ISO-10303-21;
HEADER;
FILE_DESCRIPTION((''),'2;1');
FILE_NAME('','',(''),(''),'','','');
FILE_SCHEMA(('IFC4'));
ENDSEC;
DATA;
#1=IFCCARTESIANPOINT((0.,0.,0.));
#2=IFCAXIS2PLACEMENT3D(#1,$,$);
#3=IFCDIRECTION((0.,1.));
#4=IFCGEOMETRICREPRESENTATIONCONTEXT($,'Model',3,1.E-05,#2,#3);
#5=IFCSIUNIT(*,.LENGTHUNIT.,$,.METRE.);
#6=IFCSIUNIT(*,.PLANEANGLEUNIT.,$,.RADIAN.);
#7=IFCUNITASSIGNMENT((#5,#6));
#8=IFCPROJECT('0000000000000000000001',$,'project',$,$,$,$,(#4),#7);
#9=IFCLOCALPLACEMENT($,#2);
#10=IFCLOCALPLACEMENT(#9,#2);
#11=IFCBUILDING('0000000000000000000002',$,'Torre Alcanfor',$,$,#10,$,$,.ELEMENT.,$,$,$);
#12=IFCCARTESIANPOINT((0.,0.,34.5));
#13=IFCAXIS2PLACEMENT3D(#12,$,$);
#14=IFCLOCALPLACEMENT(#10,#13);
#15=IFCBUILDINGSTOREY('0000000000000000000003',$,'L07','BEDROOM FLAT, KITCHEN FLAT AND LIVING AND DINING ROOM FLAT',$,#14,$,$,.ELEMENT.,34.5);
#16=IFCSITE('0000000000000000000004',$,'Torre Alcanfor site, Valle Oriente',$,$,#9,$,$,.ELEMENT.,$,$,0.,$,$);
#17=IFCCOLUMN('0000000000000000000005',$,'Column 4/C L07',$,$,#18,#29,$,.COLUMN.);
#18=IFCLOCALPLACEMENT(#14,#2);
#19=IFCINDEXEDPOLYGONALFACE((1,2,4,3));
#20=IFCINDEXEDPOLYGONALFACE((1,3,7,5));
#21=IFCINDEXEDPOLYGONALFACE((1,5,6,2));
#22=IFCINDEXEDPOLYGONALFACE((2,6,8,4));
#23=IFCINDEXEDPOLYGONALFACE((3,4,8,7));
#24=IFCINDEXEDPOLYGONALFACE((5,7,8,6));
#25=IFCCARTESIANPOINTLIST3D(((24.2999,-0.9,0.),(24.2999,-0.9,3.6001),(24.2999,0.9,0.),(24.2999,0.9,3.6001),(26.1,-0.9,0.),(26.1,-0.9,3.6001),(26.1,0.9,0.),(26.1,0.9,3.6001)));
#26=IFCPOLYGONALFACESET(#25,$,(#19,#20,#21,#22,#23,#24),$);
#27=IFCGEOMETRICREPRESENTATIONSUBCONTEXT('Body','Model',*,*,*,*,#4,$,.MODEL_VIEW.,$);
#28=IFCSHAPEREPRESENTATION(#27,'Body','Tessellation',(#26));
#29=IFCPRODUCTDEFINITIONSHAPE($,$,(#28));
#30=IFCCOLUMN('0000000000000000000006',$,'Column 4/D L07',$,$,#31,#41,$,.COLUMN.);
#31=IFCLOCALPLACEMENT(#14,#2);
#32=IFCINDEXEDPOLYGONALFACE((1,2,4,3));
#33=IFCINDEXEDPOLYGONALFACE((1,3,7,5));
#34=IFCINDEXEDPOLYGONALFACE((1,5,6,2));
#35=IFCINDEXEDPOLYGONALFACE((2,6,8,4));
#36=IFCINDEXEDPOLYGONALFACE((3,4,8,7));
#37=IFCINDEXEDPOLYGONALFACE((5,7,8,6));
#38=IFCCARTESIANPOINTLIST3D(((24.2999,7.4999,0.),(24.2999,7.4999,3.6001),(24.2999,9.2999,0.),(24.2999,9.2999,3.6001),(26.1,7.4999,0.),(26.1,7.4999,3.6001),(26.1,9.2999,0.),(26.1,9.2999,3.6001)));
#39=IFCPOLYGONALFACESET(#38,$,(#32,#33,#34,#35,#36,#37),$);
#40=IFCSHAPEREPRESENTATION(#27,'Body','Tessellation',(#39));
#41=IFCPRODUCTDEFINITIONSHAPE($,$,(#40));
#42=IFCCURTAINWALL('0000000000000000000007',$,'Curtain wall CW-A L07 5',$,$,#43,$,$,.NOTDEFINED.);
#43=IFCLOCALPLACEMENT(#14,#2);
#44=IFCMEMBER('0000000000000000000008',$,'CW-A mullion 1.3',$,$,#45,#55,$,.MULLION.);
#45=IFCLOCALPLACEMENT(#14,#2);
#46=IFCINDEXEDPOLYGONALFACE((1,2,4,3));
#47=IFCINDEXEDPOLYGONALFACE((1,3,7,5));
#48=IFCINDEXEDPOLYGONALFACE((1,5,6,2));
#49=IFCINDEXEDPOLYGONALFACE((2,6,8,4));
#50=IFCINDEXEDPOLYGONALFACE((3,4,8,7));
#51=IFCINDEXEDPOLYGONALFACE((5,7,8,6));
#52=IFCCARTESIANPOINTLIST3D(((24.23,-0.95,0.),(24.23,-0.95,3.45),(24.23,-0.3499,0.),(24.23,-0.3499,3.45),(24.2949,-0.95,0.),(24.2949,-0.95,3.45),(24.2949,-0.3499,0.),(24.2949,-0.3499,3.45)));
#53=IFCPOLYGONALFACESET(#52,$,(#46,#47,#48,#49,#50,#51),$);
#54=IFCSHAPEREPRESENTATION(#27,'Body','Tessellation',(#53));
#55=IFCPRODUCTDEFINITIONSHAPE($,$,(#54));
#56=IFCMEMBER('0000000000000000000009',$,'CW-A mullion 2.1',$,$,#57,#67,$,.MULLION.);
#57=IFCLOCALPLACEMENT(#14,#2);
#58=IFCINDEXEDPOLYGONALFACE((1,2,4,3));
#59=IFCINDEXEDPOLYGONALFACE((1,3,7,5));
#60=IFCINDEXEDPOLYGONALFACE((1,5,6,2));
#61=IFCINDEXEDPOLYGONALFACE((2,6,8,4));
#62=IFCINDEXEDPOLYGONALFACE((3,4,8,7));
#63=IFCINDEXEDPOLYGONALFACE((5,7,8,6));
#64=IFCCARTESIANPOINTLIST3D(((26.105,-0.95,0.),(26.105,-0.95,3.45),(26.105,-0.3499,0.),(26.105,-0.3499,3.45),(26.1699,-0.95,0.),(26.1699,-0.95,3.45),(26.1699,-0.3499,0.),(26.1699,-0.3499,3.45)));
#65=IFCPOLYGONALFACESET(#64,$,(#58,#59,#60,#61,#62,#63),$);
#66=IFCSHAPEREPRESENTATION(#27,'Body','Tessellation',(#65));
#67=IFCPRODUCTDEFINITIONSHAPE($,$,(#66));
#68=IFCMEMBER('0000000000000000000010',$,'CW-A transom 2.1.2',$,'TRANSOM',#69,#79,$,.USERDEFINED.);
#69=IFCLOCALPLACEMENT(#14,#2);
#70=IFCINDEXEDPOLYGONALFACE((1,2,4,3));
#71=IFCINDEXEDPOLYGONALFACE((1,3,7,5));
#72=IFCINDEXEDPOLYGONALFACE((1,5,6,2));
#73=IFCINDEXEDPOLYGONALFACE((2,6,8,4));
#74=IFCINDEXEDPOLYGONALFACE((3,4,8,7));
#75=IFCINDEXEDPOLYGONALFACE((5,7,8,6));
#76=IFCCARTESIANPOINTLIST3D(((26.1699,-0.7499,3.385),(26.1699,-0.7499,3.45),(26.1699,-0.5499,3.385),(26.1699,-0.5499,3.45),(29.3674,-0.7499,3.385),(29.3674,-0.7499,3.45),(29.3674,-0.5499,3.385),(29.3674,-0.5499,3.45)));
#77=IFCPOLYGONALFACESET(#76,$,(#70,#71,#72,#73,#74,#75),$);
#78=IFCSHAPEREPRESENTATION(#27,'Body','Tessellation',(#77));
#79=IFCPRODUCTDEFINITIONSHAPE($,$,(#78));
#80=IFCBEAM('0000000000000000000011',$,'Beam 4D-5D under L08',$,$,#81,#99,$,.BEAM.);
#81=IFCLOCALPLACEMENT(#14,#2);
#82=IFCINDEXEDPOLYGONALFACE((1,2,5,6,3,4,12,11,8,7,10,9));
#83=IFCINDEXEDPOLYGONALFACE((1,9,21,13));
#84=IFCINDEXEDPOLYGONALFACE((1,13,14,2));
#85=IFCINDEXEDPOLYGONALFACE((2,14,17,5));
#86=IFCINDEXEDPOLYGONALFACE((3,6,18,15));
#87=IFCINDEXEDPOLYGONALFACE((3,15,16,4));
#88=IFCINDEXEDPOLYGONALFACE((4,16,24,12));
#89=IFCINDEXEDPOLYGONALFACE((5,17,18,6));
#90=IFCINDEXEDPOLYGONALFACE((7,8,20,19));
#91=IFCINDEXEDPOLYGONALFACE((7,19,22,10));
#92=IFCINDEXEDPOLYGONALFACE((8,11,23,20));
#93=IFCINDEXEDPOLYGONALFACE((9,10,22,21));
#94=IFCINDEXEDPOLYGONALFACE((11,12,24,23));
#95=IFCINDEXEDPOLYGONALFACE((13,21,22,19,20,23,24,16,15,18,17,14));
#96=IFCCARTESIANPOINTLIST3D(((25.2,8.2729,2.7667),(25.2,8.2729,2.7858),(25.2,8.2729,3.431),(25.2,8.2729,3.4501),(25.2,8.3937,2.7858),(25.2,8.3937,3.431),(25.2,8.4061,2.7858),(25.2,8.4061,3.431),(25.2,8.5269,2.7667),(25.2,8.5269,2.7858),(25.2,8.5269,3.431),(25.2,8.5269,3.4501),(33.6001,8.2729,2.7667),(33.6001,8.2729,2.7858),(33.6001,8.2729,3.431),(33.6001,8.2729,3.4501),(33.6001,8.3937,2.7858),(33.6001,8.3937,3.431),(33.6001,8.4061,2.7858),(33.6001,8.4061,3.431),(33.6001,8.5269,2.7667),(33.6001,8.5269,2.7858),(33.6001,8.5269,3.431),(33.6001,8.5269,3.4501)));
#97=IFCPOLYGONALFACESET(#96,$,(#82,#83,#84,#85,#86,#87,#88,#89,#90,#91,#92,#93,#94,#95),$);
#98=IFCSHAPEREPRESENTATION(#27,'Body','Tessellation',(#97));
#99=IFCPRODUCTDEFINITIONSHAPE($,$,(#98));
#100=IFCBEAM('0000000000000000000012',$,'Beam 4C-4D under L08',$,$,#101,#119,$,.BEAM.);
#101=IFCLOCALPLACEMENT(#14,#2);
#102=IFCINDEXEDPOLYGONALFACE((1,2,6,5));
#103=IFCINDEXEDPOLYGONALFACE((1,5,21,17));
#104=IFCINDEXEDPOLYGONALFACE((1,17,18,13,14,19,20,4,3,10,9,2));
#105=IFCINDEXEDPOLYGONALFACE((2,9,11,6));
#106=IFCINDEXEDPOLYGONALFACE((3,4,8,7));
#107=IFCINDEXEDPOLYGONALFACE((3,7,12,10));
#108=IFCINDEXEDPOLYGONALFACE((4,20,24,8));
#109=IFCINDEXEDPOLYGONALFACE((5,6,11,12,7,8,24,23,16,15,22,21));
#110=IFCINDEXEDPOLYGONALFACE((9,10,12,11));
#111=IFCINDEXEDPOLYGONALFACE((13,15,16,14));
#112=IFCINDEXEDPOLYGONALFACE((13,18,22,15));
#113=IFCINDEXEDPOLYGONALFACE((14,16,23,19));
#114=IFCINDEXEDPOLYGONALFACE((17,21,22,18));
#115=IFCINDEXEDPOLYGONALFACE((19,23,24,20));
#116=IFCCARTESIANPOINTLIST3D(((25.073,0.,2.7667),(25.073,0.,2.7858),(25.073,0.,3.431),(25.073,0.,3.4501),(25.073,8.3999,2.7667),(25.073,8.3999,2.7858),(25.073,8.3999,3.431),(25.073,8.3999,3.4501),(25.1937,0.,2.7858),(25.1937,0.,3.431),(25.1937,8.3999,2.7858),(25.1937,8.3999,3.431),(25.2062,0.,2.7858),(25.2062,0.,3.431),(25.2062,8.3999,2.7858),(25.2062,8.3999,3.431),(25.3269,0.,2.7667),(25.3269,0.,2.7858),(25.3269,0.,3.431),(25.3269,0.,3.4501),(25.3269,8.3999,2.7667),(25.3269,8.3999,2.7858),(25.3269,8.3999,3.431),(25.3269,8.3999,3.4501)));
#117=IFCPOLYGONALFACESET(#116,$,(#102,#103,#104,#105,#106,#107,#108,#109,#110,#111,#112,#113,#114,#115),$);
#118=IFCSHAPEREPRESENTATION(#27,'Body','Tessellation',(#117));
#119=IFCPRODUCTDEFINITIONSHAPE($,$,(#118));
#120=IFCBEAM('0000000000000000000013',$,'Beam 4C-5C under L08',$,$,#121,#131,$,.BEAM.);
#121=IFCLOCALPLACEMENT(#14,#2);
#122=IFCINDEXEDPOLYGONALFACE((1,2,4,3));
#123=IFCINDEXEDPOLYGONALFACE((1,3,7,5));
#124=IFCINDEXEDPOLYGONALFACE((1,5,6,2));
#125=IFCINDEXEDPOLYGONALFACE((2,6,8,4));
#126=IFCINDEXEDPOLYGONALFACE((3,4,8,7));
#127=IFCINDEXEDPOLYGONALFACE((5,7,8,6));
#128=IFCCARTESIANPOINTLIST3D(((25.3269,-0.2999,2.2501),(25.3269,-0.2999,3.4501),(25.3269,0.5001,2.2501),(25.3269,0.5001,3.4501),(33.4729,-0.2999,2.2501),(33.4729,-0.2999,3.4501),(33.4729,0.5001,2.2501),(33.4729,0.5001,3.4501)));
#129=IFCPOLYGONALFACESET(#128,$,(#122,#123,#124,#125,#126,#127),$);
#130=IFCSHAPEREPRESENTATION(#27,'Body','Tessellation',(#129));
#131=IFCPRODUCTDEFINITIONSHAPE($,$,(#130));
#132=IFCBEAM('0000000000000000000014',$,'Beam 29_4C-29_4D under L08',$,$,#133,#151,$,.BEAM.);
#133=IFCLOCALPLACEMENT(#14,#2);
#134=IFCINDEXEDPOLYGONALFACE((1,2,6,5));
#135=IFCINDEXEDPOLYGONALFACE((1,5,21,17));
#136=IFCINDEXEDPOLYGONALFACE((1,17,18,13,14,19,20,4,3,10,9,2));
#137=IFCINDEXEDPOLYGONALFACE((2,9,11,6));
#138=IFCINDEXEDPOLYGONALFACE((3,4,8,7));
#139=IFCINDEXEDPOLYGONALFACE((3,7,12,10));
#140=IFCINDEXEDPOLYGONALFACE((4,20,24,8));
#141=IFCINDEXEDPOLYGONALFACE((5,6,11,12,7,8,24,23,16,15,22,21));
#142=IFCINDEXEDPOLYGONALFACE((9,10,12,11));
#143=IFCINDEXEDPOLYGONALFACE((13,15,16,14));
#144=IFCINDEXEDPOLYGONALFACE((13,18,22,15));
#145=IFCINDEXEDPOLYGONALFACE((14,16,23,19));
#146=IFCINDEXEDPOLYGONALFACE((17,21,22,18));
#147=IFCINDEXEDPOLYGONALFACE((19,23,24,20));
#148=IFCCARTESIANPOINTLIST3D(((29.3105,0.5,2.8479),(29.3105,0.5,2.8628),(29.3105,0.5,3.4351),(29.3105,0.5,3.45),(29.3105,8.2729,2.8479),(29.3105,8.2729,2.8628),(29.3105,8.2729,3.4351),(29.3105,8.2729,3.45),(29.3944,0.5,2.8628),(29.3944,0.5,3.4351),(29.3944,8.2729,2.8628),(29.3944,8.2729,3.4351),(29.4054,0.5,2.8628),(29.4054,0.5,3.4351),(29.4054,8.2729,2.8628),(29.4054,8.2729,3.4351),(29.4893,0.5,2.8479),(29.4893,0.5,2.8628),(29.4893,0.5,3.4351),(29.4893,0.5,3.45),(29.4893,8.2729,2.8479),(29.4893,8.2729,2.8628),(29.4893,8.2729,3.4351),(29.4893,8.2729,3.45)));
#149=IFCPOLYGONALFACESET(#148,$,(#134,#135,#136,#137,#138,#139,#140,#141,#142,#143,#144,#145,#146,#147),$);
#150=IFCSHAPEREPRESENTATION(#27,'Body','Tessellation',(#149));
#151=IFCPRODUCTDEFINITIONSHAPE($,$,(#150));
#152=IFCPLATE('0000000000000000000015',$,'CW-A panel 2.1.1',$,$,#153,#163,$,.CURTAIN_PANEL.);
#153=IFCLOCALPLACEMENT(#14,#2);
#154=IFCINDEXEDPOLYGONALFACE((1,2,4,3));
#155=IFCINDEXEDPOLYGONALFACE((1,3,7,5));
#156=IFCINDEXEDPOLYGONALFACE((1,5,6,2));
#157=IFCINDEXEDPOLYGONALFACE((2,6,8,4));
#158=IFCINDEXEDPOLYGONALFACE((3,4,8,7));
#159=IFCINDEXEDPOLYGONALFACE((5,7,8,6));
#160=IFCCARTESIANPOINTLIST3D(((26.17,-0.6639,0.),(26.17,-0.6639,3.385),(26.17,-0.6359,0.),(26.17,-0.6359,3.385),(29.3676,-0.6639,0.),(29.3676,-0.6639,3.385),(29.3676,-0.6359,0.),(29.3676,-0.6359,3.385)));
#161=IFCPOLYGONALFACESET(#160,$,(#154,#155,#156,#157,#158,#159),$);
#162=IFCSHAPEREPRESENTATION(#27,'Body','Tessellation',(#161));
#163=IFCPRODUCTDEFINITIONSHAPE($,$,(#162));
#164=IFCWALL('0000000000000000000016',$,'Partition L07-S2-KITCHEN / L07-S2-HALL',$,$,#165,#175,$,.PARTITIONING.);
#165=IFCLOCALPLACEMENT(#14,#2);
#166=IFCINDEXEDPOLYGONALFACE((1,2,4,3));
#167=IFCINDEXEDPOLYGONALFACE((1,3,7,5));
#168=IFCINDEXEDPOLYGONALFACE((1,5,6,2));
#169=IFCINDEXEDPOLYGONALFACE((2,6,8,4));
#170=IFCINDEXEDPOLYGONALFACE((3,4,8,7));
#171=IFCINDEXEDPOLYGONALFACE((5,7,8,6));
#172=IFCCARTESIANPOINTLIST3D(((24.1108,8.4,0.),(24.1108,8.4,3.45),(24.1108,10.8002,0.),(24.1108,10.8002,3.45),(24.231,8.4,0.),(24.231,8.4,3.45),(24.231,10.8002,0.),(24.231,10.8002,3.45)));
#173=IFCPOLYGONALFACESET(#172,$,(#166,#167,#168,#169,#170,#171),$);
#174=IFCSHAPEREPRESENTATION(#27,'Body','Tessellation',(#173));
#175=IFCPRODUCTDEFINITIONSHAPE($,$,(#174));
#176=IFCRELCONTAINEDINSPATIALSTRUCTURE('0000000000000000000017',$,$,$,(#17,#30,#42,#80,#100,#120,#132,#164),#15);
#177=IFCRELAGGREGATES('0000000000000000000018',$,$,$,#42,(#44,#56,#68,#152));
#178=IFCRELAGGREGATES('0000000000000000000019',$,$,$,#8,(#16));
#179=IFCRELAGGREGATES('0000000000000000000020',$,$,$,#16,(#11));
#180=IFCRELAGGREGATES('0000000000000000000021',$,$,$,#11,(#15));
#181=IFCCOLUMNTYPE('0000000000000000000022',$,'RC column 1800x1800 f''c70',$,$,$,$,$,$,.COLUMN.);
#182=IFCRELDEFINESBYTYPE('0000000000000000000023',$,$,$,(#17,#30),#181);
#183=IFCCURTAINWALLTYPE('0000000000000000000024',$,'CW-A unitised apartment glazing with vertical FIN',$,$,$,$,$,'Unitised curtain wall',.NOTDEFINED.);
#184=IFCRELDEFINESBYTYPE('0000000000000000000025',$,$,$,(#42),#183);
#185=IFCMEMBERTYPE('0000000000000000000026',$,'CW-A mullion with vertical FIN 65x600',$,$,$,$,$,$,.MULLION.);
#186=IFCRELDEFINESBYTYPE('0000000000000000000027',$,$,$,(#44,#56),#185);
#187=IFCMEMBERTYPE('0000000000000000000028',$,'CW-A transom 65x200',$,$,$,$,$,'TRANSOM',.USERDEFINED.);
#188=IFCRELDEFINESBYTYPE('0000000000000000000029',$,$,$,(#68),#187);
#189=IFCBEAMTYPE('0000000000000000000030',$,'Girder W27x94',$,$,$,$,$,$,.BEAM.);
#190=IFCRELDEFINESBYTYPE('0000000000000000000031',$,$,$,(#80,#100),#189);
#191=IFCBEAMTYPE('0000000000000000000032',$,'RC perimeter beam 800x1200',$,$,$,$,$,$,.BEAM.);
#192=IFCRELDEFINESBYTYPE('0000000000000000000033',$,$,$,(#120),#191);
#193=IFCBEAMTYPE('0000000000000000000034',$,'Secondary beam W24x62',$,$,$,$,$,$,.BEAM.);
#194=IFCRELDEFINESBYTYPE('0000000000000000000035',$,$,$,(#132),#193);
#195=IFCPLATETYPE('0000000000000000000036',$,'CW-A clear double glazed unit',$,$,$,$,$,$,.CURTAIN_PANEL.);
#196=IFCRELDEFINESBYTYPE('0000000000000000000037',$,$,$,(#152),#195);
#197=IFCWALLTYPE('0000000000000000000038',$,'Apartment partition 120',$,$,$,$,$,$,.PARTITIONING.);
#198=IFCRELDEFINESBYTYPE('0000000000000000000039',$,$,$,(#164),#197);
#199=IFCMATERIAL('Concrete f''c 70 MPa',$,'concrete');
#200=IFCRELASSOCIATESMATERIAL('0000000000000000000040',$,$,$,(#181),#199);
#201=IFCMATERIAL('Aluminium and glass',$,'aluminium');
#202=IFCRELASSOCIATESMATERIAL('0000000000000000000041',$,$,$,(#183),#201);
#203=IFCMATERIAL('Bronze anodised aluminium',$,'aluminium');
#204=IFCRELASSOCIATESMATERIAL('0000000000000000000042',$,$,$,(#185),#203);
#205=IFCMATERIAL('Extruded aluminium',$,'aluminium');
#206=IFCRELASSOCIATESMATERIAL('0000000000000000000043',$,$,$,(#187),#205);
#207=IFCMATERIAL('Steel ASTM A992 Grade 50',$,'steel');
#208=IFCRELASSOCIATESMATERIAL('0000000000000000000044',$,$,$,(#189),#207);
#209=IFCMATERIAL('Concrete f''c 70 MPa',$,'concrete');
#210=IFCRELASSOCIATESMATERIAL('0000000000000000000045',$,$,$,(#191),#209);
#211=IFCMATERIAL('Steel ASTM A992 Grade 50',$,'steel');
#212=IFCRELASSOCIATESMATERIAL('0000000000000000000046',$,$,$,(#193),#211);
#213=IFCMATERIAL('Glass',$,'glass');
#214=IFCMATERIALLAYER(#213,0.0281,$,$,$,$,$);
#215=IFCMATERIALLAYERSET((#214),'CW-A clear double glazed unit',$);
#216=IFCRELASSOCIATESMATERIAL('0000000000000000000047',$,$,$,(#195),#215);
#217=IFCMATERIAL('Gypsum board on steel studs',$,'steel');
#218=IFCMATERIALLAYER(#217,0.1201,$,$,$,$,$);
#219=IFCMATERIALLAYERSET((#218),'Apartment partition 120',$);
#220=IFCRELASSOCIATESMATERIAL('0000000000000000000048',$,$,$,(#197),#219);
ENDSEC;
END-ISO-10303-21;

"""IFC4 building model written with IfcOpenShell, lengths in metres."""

from ifc_helpers import new_model, si_unit, direction, frame, frame_2d, origin, origin_2d, place, context, subcontext, project, spatial, rectangle, i_section, extrude, material, layer, layer_set, material_profile, profile_set, type_object, element, aggregate, save


model = new_model("IFC4")

# Units and contexts
model_context = context("Model", 3, precision=1e-05, world=origin(), true_north=direction((0.0, 1.0)))
body_context = subcontext(model_context, "Body", "Model", "MODEL_VIEW")
ifc_project = project(units=[si_unit("LENGTHUNIT", "METRE"), si_unit("PLANEANGLEUNIT", "RADIAN")], contexts=[model_context])

# Site, building, storey
site_placement = place(None, origin())
site = spatial("IfcSite", under=ifc_project, at=site_placement, Name="Torre Alcanfor site, Valle Oriente", CompositionType="ELEMENT", RefElevation=0.0)
building_placement = place(site_placement, origin())
building = spatial("IfcBuilding", under=site, at=building_placement, Name="Torre Alcanfor", CompositionType="ELEMENT")
storey_placement = place(building_placement, frame((0.0, 0.0, 34.5)))
storey = spatial("IfcBuildingStorey", under=building, at=storey_placement, Name="L07", Description="BEDROOM FLAT, KITCHEN FLAT AND LIVING AND DINING ROOM FLAT", CompositionType="ELEMENT", Elevation=34.5)

# Columns
ifc_material_1 = material(Name="Concrete f'c 70 MPa", Category="concrete")
ifc_material_profile_1 = material_profile(ifc_material_1, rectangle(XDim=1.8, YDim=1.8, at=origin_2d()), Name="1800x1800")
ifc_profile_set_1 = profile_set([ifc_material_profile_1], Name="Concrete f'c 70 MPa")
column_type = type_object("IfcColumnType", Name="RC column 1800x1800 f'c70", PredefinedType="COLUMN", material=ifc_profile_set_1)
for number, where, z_axis, x_axis, name in (
    (1, (25.2, 0.0, 0.0), (0.0, 0.0, 1.0), (1.0, 0.0, 0.0), "Column 4/C L07"),
    (2, (25.2, 8.3999, 0.0), (0.0, 0.0, 1.0), (1.0, 0.0, 0.0), "Column 4/D L07"),
):
    element("IfcColumn", number, at=place(storey_placement, frame(where, z_axis=z_axis, x_axis=x_axis)), inside=storey, type_object=column_type, Name=name, PredefinedType="COLUMN", context=body_context, shape_type="SweptSolid", body=[
        extrude(rectangle(XDim=1.8, YDim=1.8, at=origin_2d()), origin(), (0.0, 0.0, 1.0), 3.6001),
    ])

# Curtain wall, members
ifc_material_2 = material(Name="Aluminium and glass", Category="aluminium")
curtain_wall_type = type_object("IfcCurtainWallType", Name="CW-A unitised apartment glazing with vertical FIN", ElementType="Unitised curtain wall", PredefinedType="NOTDEFINED", material=ifc_material_2)
curtain_wall_placement = place(storey_placement, origin())
curtain_wall = element("IfcCurtainWall", 3, at=curtain_wall_placement, inside=storey, type_object=curtain_wall_type, Name="Curtain wall CW-A L07 5", PredefinedType="NOTDEFINED")
ifc_material_3 = material(Name="Bronze anodised aluminium", Category="aluminium")
ifc_material_profile_2 = material_profile(ifc_material_3, rectangle(XDim=0.6001, YDim=0.0649, at=origin_2d()), Name="CW-A mullion 65x600")
ifc_profile_set_2 = profile_set([ifc_material_profile_2], Name="Bronze anodised aluminium")
member_type_1 = type_object("IfcMemberType", Name="CW-A mullion with vertical FIN 65x600", PredefinedType="MULLION", material=ifc_profile_set_2)
member_1_placement = place(storey_placement, frame((24.2625, -0.6499, 0.0), z_axis=(0.0, 0.0, 1.0), x_axis=(0.0, 1.0, 0.0)))
member_1 = element("IfcMember", 4, at=member_1_placement, type_object=member_type_1, Name="CW-A mullion 1.3", PredefinedType="MULLION", context=body_context, shape_type="SweptSolid", body=[
    extrude(rectangle(XDim=0.6001, YDim=0.0649, at=origin_2d()), origin(), (0.0, 0.0, 1.0), 3.45),
])
member_2_placement = place(storey_placement, frame((26.1375, -0.6499, 0.0), z_axis=(0.0, 0.0, 1.0), x_axis=(0.0, 1.0, 0.0)))
member_2 = element("IfcMember", 5, at=member_2_placement, type_object=member_type_1, Name="CW-A mullion 2.1", PredefinedType="MULLION", context=body_context, shape_type="SweptSolid", body=[
    extrude(rectangle(XDim=0.6001, YDim=0.0649, at=origin_2d()), origin(), (0.0, 0.0, 1.0), 3.45),
])
ifc_material_4 = material(Name="Extruded aluminium", Category="aluminium")
ifc_material_profile_3 = material_profile(ifc_material_4, rectangle(XDim=0.2, YDim=0.0649, at=origin_2d()), Name="CW-A transom 200x65")
ifc_profile_set_3 = profile_set([ifc_material_profile_3], Name="Extruded aluminium")
member_type_2 = type_object("IfcMemberType", Name="CW-A transom 65x200", ElementType="TRANSOM", PredefinedType="USERDEFINED", material=ifc_profile_set_3)
member_3_placement = place(storey_placement, frame((26.1699, -0.6499, 3.4175), z_axis=(1.0, 0.0, 0.0), x_axis=(0.0, 1.0, 0.0)))
member_3 = element("IfcMember", 6, at=member_3_placement, type_object=member_type_2, Name="CW-A transom 2.1.2", ObjectType="TRANSOM", PredefinedType="USERDEFINED", context=body_context, shape_type="SweptSolid", body=[
    extrude(rectangle(XDim=0.2, YDim=0.0649, at=origin_2d()), origin(), (0.0, 0.0, 1.0), 3.1975),
])

# Beams
ifc_material_5 = material(Name="Steel ASTM A992 Grade 50", Category="steel")
ifc_material_profile_4 = material_profile(ifc_material_5, i_section(OverallWidth=0.2539, OverallDepth=0.6833, WebThickness=0.0125, FlangeThickness=0.019, at=origin_2d()), Name="W27x94")
ifc_profile_set_4 = profile_set([ifc_material_profile_4], Name="Steel ASTM A992 Grade 50")
beam_type_1 = type_object("IfcBeamType", Name="Girder W27x94", PredefinedType="BEAM", material=ifc_profile_set_4)
beam_1_placement = place(storey_placement, frame((25.2, 8.3999, 3.1084), z_axis=(1.0, 0.0, 0.0), x_axis=(0.0, 1.0, 0.0)))
element("IfcBeam", 7, at=beam_1_placement, inside=storey, type_object=beam_type_1, Name="Beam 4D-5D under L08", PredefinedType="BEAM", context=body_context, shape_type="SweptSolid", body=[
    extrude(i_section(OverallWidth=0.2539, OverallDepth=0.6833, WebThickness=0.0125, FlangeThickness=0.019, at=origin_2d()), origin(), (0.0, 0.0, 1.0), 8.4001),
])
beam_2_placement = place(storey_placement, frame((25.2, 0.0, 3.1084), z_axis=(0.0, 1.0, 0.0), x_axis=(-1.0, 0.0, 0.0)))
element("IfcBeam", 8, at=beam_2_placement, inside=storey, type_object=beam_type_1, Name="Beam 4C-4D under L08", PredefinedType="BEAM", context=body_context, shape_type="SweptSolid", body=[
    extrude(i_section(OverallWidth=0.2539, OverallDepth=0.6833, WebThickness=0.0125, FlangeThickness=0.019, at=origin_2d()), origin(), (0.0, 0.0, 1.0), 8.3999),
])
ifc_material_6 = material(Name="Concrete f'c 70 MPa", Category="concrete")
ifc_material_profile_5 = material_profile(ifc_material_6, rectangle(XDim=0.8, YDim=1.2, at=origin_2d()), Name="800x1200")
ifc_profile_set_5 = profile_set([ifc_material_profile_5], Name="Concrete f'c 70 MPa")
beam_type_2 = type_object("IfcBeamType", Name="RC perimeter beam 800x1200", PredefinedType="BEAM", material=ifc_profile_set_5)
beam_3_placement = place(storey_placement, frame((25.3269, 0.1001, 2.8501), z_axis=(1.0, 0.0, 0.0), x_axis=(0.0, 1.0, 0.0)))
element("IfcBeam", 9, at=beam_3_placement, inside=storey, type_object=beam_type_2, Name="Beam 4C-5C under L08", PredefinedType="BEAM", context=body_context, shape_type="SweptSolid", body=[
    extrude(rectangle(XDim=0.8, YDim=1.2, at=origin_2d()), origin(), (0.0, 0.0, 1.0), 8.146),
])
ifc_material_7 = material(Name="Steel ASTM A992 Grade 50", Category="steel")
ifc_material_profile_6 = material_profile(ifc_material_7, i_section(OverallWidth=0.1787, OverallDepth=0.6021, WebThickness=0.011, FlangeThickness=0.0149, at=origin_2d()), Name="W24x62")
ifc_profile_set_6 = profile_set([ifc_material_profile_6], Name="Steel ASTM A992 Grade 50")
beam_type_3 = type_object("IfcBeamType", Name="Secondary beam W24x62", PredefinedType="BEAM", material=ifc_profile_set_6)
beam_4_placement = place(storey_placement, frame((29.3999, 0.5, 3.1489), z_axis=(0.0, 1.0, 0.0), x_axis=(-1.0, 0.0, 0.0)))
element("IfcBeam", 10, at=beam_4_placement, inside=storey, type_object=beam_type_3, Name="Beam 29_4C-29_4D under L08", PredefinedType="BEAM", context=body_context, shape_type="SweptSolid", body=[
    extrude(i_section(OverallWidth=0.1787, OverallDepth=0.6021, WebThickness=0.011, FlangeThickness=0.0149, at=origin_2d()), origin(), (0.0, 0.0, 1.0), 7.7729),
])

# Plate
ifc_material_8 = material(Name="Glass", Category="glass")
ifc_layer_1 = layer(ifc_material_8, 0.0281)
ifc_layer_set_1 = layer_set([ifc_layer_1], Name="CW-A clear double glazed unit")
plate_type = type_object("IfcPlateType", Name="CW-A clear double glazed unit", PredefinedType="CURTAIN_PANEL", material=ifc_layer_set_1)
plate_placement = place(storey_placement, frame((27.7688, -0.6499, 0.0), z_axis=(0.0, 0.0, 1.0), x_axis=(1.0, 0.0, 0.0)))
plate = element("IfcPlate", 11, at=plate_placement, type_object=plate_type, Name="CW-A panel 2.1.1", PredefinedType="CURTAIN_PANEL", context=body_context, shape_type="SweptSolid", body=[
    extrude(rectangle(XDim=3.1975, YDim=0.0281, at=origin_2d()), origin(), (0.0, 0.0, 1.0), 3.385),
])
aggregate(curtain_wall, [member_1, member_2, member_3, plate])

# Wall
ifc_material_9 = material(Name="Gypsum board on steel studs", Category="steel")
ifc_layer_2 = layer(ifc_material_9, 0.1201)
ifc_layer_set_2 = layer_set([ifc_layer_2], Name="Apartment partition 120")
wall_type = type_object("IfcWallType", Name="Apartment partition 120", PredefinedType="PARTITIONING", material=ifc_layer_set_2)
wall_1_placement = place(storey_placement, frame((24.1709, 8.3999, 0.0), z_axis=(0.0, 0.0, 1.0), x_axis=(0.0, 1.0, 0.0)))
element("IfcWall", 12, at=wall_1_placement, inside=storey, type_object=wall_type, Name="Partition L07-S2-KITCHEN / L07-S2-HALL", PredefinedType="PARTITIONING", context=body_context, shape_type="SweptSolid", body=[
    extrude(rectangle(XDim=2.4001, YDim=0.1201, at=frame_2d((1.2002, 0.0))), origin(), (0.0, 0.0, 1.0), 3.45),
])

save(model, "model.ifc")
